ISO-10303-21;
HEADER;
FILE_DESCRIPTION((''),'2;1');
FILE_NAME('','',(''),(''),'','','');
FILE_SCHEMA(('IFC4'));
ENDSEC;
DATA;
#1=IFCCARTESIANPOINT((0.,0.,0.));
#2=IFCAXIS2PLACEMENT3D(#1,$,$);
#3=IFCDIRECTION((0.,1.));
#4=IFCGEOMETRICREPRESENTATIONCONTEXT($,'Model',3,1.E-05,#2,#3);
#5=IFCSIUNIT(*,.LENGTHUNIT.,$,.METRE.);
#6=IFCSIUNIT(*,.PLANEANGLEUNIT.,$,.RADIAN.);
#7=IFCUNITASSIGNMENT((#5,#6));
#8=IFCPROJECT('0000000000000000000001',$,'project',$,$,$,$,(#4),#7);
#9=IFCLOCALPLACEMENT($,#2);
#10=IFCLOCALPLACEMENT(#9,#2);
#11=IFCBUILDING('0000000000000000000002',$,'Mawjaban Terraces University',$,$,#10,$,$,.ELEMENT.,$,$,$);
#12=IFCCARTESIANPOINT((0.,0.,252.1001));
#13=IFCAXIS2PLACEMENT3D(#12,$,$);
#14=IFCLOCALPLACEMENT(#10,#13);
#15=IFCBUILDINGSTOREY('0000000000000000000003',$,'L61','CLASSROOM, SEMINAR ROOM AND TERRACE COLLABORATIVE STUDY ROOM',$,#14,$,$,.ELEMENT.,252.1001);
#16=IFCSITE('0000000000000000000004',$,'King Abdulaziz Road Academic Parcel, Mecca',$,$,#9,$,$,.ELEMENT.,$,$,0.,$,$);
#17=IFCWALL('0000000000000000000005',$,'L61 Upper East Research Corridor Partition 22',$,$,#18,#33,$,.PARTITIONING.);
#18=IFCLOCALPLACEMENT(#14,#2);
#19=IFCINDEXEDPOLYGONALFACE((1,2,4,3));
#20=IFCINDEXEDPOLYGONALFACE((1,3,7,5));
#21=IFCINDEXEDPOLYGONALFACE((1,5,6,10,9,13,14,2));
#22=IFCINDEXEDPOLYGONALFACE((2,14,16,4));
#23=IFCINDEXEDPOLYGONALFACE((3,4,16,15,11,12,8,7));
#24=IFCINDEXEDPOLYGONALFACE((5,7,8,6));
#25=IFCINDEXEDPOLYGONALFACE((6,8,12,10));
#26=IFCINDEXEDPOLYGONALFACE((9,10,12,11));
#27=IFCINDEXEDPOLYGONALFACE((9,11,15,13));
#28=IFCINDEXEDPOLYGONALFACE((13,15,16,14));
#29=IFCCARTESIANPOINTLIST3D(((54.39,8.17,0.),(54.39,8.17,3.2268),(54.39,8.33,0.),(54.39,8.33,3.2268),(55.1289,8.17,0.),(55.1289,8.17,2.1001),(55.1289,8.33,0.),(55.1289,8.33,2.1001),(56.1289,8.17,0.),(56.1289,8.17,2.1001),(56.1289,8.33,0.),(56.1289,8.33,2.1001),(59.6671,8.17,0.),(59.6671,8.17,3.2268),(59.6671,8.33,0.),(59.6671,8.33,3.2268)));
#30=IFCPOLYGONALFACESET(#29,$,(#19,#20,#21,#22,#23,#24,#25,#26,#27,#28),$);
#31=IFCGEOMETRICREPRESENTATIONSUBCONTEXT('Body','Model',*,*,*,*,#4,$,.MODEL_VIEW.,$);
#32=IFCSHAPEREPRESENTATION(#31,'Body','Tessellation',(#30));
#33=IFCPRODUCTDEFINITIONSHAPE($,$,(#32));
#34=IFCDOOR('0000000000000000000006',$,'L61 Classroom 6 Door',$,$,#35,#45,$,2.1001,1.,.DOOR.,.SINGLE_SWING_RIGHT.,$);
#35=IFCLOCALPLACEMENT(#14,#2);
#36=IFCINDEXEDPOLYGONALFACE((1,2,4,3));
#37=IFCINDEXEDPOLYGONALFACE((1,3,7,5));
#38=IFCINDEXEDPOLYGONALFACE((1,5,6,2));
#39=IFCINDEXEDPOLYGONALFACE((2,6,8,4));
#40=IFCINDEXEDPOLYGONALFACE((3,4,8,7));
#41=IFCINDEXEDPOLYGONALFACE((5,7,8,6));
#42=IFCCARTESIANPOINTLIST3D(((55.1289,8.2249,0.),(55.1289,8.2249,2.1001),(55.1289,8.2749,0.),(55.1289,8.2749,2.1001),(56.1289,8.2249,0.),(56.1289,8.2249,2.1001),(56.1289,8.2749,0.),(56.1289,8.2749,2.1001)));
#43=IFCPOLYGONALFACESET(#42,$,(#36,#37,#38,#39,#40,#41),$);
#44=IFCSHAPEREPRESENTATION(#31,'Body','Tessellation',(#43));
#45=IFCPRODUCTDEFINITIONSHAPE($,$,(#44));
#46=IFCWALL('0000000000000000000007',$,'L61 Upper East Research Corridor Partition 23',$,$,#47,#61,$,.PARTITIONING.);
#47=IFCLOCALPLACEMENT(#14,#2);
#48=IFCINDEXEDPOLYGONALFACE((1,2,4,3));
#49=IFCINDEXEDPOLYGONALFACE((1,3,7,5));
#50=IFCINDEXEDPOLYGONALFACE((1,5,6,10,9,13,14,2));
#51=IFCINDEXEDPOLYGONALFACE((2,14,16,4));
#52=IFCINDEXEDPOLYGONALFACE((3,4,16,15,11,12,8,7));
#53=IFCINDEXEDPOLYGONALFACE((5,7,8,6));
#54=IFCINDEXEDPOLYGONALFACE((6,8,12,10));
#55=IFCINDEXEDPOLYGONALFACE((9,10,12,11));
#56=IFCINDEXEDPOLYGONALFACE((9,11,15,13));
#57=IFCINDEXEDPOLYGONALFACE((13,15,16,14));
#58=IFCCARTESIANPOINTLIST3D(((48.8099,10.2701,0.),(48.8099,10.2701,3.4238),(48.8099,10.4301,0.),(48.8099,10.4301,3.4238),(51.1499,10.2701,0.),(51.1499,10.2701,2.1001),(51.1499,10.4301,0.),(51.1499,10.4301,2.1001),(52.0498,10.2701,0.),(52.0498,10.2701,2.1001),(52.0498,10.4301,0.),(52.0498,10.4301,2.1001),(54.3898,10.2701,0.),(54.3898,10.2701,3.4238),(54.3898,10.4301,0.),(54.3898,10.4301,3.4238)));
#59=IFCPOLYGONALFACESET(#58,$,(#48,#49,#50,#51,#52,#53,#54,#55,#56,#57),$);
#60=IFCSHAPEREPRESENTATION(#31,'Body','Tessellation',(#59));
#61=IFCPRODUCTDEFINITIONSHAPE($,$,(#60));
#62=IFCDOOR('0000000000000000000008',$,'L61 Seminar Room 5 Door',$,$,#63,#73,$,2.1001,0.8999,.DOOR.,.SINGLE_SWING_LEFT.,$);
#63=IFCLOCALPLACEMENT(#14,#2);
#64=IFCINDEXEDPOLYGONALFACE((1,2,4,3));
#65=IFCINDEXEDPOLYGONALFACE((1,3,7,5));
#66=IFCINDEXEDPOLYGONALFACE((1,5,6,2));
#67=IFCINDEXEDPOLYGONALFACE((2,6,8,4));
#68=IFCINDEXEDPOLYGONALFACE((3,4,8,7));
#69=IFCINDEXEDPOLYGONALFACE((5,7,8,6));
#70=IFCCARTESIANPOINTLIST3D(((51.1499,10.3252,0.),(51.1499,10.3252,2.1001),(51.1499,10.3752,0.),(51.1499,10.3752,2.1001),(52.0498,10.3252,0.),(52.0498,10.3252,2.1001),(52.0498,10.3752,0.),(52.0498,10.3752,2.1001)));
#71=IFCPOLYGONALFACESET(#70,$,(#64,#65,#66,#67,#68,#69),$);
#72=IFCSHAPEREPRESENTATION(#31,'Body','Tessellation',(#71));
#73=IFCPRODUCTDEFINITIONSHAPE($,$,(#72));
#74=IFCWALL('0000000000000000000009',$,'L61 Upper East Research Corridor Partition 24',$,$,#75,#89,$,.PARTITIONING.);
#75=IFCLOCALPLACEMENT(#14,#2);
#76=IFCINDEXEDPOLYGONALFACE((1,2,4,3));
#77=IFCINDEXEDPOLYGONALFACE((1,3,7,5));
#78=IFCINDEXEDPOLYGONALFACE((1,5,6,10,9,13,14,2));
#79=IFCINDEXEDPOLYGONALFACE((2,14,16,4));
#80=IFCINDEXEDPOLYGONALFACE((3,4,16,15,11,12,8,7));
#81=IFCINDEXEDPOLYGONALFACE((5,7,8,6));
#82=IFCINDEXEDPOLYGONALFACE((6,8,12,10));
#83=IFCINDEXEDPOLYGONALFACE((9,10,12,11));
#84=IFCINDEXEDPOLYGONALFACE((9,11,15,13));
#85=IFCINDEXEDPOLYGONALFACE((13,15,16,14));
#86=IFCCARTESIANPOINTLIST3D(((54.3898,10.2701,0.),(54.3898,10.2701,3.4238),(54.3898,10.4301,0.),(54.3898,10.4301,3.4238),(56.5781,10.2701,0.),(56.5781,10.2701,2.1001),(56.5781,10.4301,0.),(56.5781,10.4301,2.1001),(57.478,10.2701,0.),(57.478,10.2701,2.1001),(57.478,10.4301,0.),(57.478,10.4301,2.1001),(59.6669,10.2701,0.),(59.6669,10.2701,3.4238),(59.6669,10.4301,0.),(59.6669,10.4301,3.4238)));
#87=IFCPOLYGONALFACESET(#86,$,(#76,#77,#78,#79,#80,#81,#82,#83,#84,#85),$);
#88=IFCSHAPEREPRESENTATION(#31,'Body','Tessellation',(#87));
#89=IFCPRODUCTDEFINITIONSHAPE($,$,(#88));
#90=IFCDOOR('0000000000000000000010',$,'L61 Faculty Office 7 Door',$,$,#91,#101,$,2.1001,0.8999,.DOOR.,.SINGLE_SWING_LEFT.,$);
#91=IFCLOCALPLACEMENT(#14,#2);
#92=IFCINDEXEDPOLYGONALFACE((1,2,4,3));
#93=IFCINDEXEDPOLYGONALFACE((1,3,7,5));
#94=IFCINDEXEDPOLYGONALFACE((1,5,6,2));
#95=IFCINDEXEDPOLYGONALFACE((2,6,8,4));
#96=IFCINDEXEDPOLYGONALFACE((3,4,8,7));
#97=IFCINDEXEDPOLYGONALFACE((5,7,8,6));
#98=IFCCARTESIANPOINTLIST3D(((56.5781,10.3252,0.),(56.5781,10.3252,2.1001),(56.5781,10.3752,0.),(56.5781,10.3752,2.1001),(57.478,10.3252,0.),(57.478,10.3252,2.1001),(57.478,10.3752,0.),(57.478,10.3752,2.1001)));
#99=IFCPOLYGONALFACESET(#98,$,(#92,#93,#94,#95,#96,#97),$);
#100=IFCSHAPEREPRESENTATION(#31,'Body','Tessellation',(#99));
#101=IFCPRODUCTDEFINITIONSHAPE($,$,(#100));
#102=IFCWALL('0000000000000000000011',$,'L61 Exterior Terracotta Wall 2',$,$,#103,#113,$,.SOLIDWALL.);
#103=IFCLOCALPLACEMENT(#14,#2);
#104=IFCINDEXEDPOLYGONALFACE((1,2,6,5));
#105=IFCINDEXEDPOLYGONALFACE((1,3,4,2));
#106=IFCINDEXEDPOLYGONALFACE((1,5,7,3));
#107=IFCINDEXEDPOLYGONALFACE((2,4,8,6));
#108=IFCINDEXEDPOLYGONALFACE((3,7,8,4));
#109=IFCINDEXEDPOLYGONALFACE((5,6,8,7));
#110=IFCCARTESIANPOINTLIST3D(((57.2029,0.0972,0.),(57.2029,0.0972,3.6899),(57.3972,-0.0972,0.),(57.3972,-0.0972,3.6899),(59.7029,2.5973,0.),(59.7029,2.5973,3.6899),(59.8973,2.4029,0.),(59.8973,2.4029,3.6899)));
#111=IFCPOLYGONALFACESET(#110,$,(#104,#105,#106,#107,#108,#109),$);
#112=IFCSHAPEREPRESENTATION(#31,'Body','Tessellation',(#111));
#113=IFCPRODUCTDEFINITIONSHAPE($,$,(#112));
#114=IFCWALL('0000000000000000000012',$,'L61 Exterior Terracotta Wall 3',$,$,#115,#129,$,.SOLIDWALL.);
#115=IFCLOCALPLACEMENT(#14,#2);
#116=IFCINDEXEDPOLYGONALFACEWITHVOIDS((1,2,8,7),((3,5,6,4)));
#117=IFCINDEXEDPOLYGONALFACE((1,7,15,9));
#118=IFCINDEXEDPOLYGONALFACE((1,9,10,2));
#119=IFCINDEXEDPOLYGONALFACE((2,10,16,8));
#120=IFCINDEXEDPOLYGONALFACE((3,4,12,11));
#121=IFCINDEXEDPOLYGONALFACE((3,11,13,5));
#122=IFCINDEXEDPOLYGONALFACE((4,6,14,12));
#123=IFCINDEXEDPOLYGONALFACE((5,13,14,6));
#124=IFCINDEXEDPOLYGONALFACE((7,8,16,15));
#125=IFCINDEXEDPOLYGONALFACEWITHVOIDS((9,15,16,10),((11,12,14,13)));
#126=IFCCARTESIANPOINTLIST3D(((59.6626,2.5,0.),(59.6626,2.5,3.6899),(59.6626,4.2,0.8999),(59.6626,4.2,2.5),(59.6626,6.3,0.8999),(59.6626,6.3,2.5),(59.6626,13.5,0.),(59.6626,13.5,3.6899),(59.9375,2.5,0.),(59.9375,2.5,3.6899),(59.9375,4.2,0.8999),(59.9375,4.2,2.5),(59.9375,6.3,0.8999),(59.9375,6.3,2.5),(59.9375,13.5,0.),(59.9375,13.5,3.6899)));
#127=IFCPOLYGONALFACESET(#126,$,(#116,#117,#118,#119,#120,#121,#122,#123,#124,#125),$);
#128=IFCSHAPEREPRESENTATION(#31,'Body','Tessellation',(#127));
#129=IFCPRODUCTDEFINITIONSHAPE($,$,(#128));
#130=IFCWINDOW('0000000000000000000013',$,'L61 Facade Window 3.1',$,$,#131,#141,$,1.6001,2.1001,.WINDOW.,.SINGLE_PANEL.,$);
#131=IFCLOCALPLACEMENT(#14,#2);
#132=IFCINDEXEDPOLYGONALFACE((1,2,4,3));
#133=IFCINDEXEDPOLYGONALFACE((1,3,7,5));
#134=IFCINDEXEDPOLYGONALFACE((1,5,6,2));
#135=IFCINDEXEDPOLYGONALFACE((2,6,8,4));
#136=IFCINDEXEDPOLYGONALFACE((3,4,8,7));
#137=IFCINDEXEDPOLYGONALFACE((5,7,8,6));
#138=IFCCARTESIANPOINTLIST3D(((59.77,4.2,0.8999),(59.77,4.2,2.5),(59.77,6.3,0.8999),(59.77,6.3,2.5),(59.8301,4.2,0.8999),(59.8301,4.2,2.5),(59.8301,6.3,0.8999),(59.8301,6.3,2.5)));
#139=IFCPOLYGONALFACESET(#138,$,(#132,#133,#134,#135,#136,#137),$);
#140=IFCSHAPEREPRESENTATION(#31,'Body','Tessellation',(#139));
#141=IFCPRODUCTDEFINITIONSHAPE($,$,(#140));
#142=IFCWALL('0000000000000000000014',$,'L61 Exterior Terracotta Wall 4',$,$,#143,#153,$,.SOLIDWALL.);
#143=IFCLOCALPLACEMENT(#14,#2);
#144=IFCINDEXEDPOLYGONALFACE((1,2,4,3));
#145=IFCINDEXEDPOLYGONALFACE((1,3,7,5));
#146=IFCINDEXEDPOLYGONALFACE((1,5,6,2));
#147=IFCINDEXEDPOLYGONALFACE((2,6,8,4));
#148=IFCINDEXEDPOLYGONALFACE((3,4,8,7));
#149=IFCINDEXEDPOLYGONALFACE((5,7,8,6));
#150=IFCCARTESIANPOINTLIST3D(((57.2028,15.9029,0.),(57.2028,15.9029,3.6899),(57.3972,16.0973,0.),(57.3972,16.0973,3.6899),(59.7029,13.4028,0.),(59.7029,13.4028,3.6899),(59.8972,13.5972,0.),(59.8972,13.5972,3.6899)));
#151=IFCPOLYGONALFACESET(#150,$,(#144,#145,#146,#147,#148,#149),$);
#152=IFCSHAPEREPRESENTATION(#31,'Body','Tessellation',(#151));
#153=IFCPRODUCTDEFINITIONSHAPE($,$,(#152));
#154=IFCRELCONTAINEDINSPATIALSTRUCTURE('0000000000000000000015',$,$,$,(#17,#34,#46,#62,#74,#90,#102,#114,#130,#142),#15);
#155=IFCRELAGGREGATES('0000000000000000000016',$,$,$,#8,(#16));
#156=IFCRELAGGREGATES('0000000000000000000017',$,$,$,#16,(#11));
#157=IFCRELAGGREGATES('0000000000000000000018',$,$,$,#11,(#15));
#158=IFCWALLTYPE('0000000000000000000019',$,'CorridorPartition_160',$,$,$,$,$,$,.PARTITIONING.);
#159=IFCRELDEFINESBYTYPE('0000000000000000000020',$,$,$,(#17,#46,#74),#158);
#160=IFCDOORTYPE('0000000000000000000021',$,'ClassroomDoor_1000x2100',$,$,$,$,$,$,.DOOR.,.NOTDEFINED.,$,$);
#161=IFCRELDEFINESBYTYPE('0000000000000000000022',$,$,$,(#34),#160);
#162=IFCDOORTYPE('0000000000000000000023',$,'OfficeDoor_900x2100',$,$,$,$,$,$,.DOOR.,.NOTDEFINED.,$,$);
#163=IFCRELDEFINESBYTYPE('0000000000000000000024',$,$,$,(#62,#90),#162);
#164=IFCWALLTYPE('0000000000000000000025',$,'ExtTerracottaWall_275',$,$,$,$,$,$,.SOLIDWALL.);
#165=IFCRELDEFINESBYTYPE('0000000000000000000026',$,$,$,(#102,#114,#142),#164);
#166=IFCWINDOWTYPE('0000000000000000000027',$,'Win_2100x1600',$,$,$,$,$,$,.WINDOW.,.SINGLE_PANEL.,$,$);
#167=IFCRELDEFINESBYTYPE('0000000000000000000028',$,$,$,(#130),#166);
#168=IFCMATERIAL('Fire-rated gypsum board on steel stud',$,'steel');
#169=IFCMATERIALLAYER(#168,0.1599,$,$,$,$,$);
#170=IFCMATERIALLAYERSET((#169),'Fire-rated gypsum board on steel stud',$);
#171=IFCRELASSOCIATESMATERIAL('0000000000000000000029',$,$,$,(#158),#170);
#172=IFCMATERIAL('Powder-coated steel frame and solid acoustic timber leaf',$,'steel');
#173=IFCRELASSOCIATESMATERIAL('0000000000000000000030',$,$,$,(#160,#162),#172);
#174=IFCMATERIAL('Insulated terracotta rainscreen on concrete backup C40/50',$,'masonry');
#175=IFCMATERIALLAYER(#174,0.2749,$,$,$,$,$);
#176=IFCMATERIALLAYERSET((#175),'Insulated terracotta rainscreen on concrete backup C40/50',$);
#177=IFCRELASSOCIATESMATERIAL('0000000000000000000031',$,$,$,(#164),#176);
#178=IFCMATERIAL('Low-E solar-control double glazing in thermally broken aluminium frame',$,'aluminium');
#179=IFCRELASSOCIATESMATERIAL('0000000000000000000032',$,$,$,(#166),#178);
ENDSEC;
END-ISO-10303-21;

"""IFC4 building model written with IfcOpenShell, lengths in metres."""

from ifc_helpers import new_model, si_unit, direction, frame, frame_2d, origin, place, context, subcontext, project, spatial, rectangle, extrude, material, layer, layer_set, type_object, element, fill, save


model = new_model("IFC4")

# Units and contexts
model_context = context("Model", 3, precision=1e-05, world=origin(), true_north=direction((0.0, 1.0)))
body_context = subcontext(model_context, "Body", "Model", "MODEL_VIEW")
ifc_project = project(units=[si_unit("LENGTHUNIT", "METRE"), si_unit("PLANEANGLEUNIT", "RADIAN")], contexts=[model_context])

# Site, building, storey
site_placement = place(None, origin())
site = spatial("IfcSite", under=ifc_project, at=site_placement, Name="King Abdulaziz Road Academic Parcel, Mecca", CompositionType="ELEMENT", RefElevation=0.0)
building_placement = place(site_placement, origin())
building = spatial("IfcBuilding", under=site, at=building_placement, Name="Mawjaban Terraces University", CompositionType="ELEMENT")
storey_placement = place(building_placement, frame((0.0, 0.0, 252.1001)))
storey = spatial("IfcBuildingStorey", under=building, at=storey_placement, Name="L61", Description="CLASSROOM, SEMINAR ROOM AND TERRACE COLLABORATIVE STUDY ROOM", CompositionType="ELEMENT", Elevation=252.1001)

# Shared definitions
ifc_material_1 = material(Name="Fire-rated gypsum board on steel stud", Category="steel")
ifc_layer_1 = layer(ifc_material_1, 0.1599)
ifc_layer_set_1 = layer_set([ifc_layer_1], Name="Fire-rated gypsum board on steel stud")
wall_type_1 = type_object("IfcWallType", Name="CorridorPartition_160", PredefinedType="PARTITIONING", material=ifc_layer_set_1)

# Walls, openings, doors
wall_1_placement = place(storey_placement, frame((54.3899, 8.25, 0.0), z_axis=(0.0, 0.0, 1.0), x_axis=(1.0, 0.0, 0.0)))
wall_1 = element("IfcWall", 1, at=wall_1_placement, inside=storey, type_object=wall_type_1, Name="L61 Upper East Research Corridor Partition 22", PredefinedType="PARTITIONING", context=body_context, shape_type="SweptSolid", body=[
    extrude(rectangle(XDim=5.2771, YDim=0.1599, at=frame_2d((2.6387, 0.0))), origin(), (0.0, 0.0, 1.0), 3.2268),
])
opening_1_placement = place(wall_1_placement, frame((0.739, 0.0, 0.0)))
opening_1 = element("IfcOpeningElement", 2, at=opening_1_placement, cuts=wall_1, PredefinedType="OPENING", context=body_context, shape_type="SweptSolid", body=[
    extrude(rectangle(XDim=1.0, YDim=2.1001, at=frame_2d((0.5, 1.05))), frame((0.0, 0.0898, 0.0), z_axis=(0.0, -1.0, 0.0), x_axis=(1.0, 0.0, 0.0)), (0.0, 0.0, 1.0), 0.1799),
])
ifc_material_2 = material(Name="Powder-coated steel frame and solid acoustic timber leaf", Category="steel")
door_type_1 = type_object("IfcDoorType", Name="ClassroomDoor_1000x2100", OperationType="NOTDEFINED", PredefinedType="DOOR", material=ifc_material_2)
door_1_placement = place(opening_1_placement, origin())
door_1 = element("IfcDoor", 3, at=door_1_placement, inside=storey, type_object=door_type_1, Name="L61 Classroom 6 Door", OperationType="SINGLE_SWING_RIGHT", OverallHeight=2.1001, OverallWidth=1.0, PredefinedType="DOOR", context=body_context, shape_type="SweptSolid", body=[
    extrude(rectangle(XDim=1.0, YDim=2.1001, at=frame_2d((0.5, 1.05))), frame((0.0, 0.0249, 0.0), z_axis=(0.0, -1.0, 0.0), x_axis=(1.0, 0.0, 0.0)), (0.0, 0.0, 1.0), 0.05),
])
fill(opening_1, door_1)
wall_2_placement = place(storey_placement, frame((54.3899, 10.3501, 0.0), z_axis=(0.0, 0.0, 1.0), x_axis=(-1.0, 0.0, 0.0)))
wall_2 = element("IfcWall", 4, at=wall_2_placement, inside=storey, type_object=wall_type_1, Name="L61 Upper East Research Corridor Partition 23", PredefinedType="PARTITIONING", context=body_context, shape_type="SweptSolid", body=[
    extrude(rectangle(XDim=5.5798, YDim=0.1599, at=frame_2d((2.79, 0.0))), origin(), (0.0, 0.0, 1.0), 3.4238),
])
opening_2_placement = place(wall_2_placement, frame((2.3401, 0.0, 0.0)))
opening_2 = element("IfcOpeningElement", 5, at=opening_2_placement, cuts=wall_2, PredefinedType="OPENING", context=body_context, shape_type="SweptSolid", body=[
    extrude(rectangle(XDim=0.8999, YDim=2.1001, at=frame_2d((0.45, 1.05))), frame((0.0, 0.0898, 0.0), z_axis=(0.0, -1.0, 0.0), x_axis=(1.0, 0.0, 0.0)), (0.0, 0.0, 1.0), 0.1799),
])
door_type_2 = type_object("IfcDoorType", Name="OfficeDoor_900x2100", OperationType="NOTDEFINED", PredefinedType="DOOR", material=ifc_material_2)
door_2_placement = place(opening_2_placement, origin())
door_2 = element("IfcDoor", 6, at=door_2_placement, inside=storey, type_object=door_type_2, Name="L61 Seminar Room 5 Door", OperationType="SINGLE_SWING_LEFT", OverallHeight=2.1001, OverallWidth=0.8999, PredefinedType="DOOR", context=body_context, shape_type="SweptSolid", body=[
    extrude(rectangle(XDim=0.8999, YDim=2.1001, at=frame_2d((0.45, 1.05))), frame((0.0, 0.0249, 0.0), z_axis=(0.0, -1.0, 0.0), x_axis=(1.0, 0.0, 0.0)), (0.0, 0.0, 1.0), 0.05),
])
fill(opening_2, door_2)
wall_3_placement = place(storey_placement, frame((59.667, 10.3501, 0.0), z_axis=(0.0, 0.0, 1.0), x_axis=(-1.0, 0.0, 0.0)))
wall_3 = element("IfcWall", 7, at=wall_3_placement, inside=storey, type_object=wall_type_1, Name="L61 Upper East Research Corridor Partition 24", PredefinedType="PARTITIONING", context=body_context, shape_type="SweptSolid", body=[
    extrude(rectangle(XDim=5.2771, YDim=0.1599, at=frame_2d((2.6387, 0.0))), origin(), (0.0, 0.0, 1.0), 3.4238),
])
opening_3_placement = place(wall_3_placement, frame((2.189, 0.0, 0.0)))
opening_3 = element("IfcOpeningElement", 8, at=opening_3_placement, cuts=wall_3, PredefinedType="OPENING", context=body_context, shape_type="SweptSolid", body=[
    extrude(rectangle(XDim=0.8999, YDim=2.1001, at=frame_2d((0.45, 1.05))), frame((0.0, 0.0898, 0.0), z_axis=(0.0, -1.0, 0.0), x_axis=(1.0, 0.0, 0.0)), (0.0, 0.0, 1.0), 0.1799),
])
door_3_placement = place(opening_3_placement, origin())
door_3 = element("IfcDoor", 9, at=door_3_placement, inside=storey, type_object=door_type_2, Name="L61 Faculty Office 7 Door", OperationType="SINGLE_SWING_LEFT", OverallHeight=2.1001, OverallWidth=0.8999, PredefinedType="DOOR", context=body_context, shape_type="SweptSolid", body=[
    extrude(rectangle(XDim=0.8999, YDim=2.1001, at=frame_2d((0.45, 1.05))), frame((0.0, 0.0249, 0.0), z_axis=(0.0, -1.0, 0.0), x_axis=(1.0, 0.0, 0.0)), (0.0, 0.0, 1.0), 0.05),
])
fill(opening_3, door_3)

# Wall
ifc_material_3 = material(Name="Insulated terracotta rainscreen on concrete backup C40/50", Category="masonry")
ifc_layer_2 = layer(ifc_material_3, 0.2749)
ifc_layer_set_2 = layer_set([ifc_layer_2], Name="Insulated terracotta rainscreen on concrete backup C40/50")
wall_type_2 = type_object("IfcWallType", Name="ExtTerracottaWall_275", PredefinedType="SOLIDWALL", material=ifc_layer_set_2)
wall_4_placement = place(storey_placement, frame((57.3, 0.0, 0.0), z_axis=(0.0, 0.0, 1.0), x_axis=(0.707107, 0.707107, 0.0)))
element("IfcWall", 10, at=wall_4_placement, inside=storey, type_object=wall_type_2, Name="L61 Exterior Terracotta Wall 2", PredefinedType="SOLIDWALL", context=body_context, shape_type="SweptSolid", body=[
    extrude(rectangle(XDim=3.5356, YDim=0.2749, at=frame_2d((1.7678, 0.0))), origin(), (0.0, 0.0, 1.0), 3.6899),
])

# Wall, opening, window
wall_5_placement = place(storey_placement, frame((59.8, 2.5, 0.0), z_axis=(0.0, 0.0, 1.0), x_axis=(0.0, 1.0, 0.0)))
wall_5 = element("IfcWall", 11, at=wall_5_placement, inside=storey, type_object=wall_type_2, Name="L61 Exterior Terracotta Wall 3", PredefinedType="SOLIDWALL", context=body_context, shape_type="SweptSolid", body=[
    extrude(rectangle(XDim=11.0, YDim=0.2749, at=frame_2d((5.5, 0.0))), origin(), (0.0, 0.0, 1.0), 3.6899),
])
opening_4_placement = place(wall_5_placement, frame((1.7, 0.0, 0.8999)))
opening_4 = element("IfcOpeningElement", 12, at=opening_4_placement, cuts=wall_5, PredefinedType="OPENING", context=body_context, shape_type="SweptSolid", body=[
    extrude(rectangle(XDim=2.1001, YDim=1.6001, at=frame_2d((1.05, 0.8))), frame((0.0, 0.1475, 0.0), z_axis=(0.0, -1.0, 0.0), x_axis=(1.0, 0.0, 0.0)), (0.0, 0.0, 1.0), 0.2949),
])
ifc_material_4 = material(Name="Low-E solar-control double glazing in thermally broken aluminium frame", Category="aluminium")
window_type = type_object("IfcWindowType", Name="Win_2100x1600", PartitioningType="SINGLE_PANEL", PredefinedType="WINDOW", material=ifc_material_4)
window_placement = place(opening_4_placement, origin())
window = element("IfcWindow", 13, at=window_placement, inside=storey, type_object=window_type, Name="L61 Facade Window 3.1", OverallHeight=1.6001, OverallWidth=2.1001, PartitioningType="SINGLE_PANEL", PredefinedType="WINDOW", context=body_context, shape_type="SweptSolid", body=[
    extrude(rectangle(XDim=2.1001, YDim=1.6001, at=frame_2d((1.05, 0.8))), frame((0.0, 0.03, 0.0), z_axis=(0.0, -1.0, 0.0), x_axis=(1.0, 0.0, 0.0)), (0.0, 0.0, 1.0), 0.0601),
])
fill(opening_4, window)

# Wall
wall_6_placement = place(storey_placement, frame((59.8, 13.5, 0.0), z_axis=(0.0, 0.0, 1.0), x_axis=(-0.707107, 0.707107, 0.0)))
element("IfcWall", 14, at=wall_6_placement, inside=storey, type_object=wall_type_2, Name="L61 Exterior Terracotta Wall 4", PredefinedType="SOLIDWALL", context=body_context, shape_type="SweptSolid", body=[
    extrude(rectangle(XDim=3.5356, YDim=0.2749, at=frame_2d((1.7678, 0.0))), origin(), (0.0, 0.0, 1.0), 3.6899),
])

save(model, "model.ifc")
